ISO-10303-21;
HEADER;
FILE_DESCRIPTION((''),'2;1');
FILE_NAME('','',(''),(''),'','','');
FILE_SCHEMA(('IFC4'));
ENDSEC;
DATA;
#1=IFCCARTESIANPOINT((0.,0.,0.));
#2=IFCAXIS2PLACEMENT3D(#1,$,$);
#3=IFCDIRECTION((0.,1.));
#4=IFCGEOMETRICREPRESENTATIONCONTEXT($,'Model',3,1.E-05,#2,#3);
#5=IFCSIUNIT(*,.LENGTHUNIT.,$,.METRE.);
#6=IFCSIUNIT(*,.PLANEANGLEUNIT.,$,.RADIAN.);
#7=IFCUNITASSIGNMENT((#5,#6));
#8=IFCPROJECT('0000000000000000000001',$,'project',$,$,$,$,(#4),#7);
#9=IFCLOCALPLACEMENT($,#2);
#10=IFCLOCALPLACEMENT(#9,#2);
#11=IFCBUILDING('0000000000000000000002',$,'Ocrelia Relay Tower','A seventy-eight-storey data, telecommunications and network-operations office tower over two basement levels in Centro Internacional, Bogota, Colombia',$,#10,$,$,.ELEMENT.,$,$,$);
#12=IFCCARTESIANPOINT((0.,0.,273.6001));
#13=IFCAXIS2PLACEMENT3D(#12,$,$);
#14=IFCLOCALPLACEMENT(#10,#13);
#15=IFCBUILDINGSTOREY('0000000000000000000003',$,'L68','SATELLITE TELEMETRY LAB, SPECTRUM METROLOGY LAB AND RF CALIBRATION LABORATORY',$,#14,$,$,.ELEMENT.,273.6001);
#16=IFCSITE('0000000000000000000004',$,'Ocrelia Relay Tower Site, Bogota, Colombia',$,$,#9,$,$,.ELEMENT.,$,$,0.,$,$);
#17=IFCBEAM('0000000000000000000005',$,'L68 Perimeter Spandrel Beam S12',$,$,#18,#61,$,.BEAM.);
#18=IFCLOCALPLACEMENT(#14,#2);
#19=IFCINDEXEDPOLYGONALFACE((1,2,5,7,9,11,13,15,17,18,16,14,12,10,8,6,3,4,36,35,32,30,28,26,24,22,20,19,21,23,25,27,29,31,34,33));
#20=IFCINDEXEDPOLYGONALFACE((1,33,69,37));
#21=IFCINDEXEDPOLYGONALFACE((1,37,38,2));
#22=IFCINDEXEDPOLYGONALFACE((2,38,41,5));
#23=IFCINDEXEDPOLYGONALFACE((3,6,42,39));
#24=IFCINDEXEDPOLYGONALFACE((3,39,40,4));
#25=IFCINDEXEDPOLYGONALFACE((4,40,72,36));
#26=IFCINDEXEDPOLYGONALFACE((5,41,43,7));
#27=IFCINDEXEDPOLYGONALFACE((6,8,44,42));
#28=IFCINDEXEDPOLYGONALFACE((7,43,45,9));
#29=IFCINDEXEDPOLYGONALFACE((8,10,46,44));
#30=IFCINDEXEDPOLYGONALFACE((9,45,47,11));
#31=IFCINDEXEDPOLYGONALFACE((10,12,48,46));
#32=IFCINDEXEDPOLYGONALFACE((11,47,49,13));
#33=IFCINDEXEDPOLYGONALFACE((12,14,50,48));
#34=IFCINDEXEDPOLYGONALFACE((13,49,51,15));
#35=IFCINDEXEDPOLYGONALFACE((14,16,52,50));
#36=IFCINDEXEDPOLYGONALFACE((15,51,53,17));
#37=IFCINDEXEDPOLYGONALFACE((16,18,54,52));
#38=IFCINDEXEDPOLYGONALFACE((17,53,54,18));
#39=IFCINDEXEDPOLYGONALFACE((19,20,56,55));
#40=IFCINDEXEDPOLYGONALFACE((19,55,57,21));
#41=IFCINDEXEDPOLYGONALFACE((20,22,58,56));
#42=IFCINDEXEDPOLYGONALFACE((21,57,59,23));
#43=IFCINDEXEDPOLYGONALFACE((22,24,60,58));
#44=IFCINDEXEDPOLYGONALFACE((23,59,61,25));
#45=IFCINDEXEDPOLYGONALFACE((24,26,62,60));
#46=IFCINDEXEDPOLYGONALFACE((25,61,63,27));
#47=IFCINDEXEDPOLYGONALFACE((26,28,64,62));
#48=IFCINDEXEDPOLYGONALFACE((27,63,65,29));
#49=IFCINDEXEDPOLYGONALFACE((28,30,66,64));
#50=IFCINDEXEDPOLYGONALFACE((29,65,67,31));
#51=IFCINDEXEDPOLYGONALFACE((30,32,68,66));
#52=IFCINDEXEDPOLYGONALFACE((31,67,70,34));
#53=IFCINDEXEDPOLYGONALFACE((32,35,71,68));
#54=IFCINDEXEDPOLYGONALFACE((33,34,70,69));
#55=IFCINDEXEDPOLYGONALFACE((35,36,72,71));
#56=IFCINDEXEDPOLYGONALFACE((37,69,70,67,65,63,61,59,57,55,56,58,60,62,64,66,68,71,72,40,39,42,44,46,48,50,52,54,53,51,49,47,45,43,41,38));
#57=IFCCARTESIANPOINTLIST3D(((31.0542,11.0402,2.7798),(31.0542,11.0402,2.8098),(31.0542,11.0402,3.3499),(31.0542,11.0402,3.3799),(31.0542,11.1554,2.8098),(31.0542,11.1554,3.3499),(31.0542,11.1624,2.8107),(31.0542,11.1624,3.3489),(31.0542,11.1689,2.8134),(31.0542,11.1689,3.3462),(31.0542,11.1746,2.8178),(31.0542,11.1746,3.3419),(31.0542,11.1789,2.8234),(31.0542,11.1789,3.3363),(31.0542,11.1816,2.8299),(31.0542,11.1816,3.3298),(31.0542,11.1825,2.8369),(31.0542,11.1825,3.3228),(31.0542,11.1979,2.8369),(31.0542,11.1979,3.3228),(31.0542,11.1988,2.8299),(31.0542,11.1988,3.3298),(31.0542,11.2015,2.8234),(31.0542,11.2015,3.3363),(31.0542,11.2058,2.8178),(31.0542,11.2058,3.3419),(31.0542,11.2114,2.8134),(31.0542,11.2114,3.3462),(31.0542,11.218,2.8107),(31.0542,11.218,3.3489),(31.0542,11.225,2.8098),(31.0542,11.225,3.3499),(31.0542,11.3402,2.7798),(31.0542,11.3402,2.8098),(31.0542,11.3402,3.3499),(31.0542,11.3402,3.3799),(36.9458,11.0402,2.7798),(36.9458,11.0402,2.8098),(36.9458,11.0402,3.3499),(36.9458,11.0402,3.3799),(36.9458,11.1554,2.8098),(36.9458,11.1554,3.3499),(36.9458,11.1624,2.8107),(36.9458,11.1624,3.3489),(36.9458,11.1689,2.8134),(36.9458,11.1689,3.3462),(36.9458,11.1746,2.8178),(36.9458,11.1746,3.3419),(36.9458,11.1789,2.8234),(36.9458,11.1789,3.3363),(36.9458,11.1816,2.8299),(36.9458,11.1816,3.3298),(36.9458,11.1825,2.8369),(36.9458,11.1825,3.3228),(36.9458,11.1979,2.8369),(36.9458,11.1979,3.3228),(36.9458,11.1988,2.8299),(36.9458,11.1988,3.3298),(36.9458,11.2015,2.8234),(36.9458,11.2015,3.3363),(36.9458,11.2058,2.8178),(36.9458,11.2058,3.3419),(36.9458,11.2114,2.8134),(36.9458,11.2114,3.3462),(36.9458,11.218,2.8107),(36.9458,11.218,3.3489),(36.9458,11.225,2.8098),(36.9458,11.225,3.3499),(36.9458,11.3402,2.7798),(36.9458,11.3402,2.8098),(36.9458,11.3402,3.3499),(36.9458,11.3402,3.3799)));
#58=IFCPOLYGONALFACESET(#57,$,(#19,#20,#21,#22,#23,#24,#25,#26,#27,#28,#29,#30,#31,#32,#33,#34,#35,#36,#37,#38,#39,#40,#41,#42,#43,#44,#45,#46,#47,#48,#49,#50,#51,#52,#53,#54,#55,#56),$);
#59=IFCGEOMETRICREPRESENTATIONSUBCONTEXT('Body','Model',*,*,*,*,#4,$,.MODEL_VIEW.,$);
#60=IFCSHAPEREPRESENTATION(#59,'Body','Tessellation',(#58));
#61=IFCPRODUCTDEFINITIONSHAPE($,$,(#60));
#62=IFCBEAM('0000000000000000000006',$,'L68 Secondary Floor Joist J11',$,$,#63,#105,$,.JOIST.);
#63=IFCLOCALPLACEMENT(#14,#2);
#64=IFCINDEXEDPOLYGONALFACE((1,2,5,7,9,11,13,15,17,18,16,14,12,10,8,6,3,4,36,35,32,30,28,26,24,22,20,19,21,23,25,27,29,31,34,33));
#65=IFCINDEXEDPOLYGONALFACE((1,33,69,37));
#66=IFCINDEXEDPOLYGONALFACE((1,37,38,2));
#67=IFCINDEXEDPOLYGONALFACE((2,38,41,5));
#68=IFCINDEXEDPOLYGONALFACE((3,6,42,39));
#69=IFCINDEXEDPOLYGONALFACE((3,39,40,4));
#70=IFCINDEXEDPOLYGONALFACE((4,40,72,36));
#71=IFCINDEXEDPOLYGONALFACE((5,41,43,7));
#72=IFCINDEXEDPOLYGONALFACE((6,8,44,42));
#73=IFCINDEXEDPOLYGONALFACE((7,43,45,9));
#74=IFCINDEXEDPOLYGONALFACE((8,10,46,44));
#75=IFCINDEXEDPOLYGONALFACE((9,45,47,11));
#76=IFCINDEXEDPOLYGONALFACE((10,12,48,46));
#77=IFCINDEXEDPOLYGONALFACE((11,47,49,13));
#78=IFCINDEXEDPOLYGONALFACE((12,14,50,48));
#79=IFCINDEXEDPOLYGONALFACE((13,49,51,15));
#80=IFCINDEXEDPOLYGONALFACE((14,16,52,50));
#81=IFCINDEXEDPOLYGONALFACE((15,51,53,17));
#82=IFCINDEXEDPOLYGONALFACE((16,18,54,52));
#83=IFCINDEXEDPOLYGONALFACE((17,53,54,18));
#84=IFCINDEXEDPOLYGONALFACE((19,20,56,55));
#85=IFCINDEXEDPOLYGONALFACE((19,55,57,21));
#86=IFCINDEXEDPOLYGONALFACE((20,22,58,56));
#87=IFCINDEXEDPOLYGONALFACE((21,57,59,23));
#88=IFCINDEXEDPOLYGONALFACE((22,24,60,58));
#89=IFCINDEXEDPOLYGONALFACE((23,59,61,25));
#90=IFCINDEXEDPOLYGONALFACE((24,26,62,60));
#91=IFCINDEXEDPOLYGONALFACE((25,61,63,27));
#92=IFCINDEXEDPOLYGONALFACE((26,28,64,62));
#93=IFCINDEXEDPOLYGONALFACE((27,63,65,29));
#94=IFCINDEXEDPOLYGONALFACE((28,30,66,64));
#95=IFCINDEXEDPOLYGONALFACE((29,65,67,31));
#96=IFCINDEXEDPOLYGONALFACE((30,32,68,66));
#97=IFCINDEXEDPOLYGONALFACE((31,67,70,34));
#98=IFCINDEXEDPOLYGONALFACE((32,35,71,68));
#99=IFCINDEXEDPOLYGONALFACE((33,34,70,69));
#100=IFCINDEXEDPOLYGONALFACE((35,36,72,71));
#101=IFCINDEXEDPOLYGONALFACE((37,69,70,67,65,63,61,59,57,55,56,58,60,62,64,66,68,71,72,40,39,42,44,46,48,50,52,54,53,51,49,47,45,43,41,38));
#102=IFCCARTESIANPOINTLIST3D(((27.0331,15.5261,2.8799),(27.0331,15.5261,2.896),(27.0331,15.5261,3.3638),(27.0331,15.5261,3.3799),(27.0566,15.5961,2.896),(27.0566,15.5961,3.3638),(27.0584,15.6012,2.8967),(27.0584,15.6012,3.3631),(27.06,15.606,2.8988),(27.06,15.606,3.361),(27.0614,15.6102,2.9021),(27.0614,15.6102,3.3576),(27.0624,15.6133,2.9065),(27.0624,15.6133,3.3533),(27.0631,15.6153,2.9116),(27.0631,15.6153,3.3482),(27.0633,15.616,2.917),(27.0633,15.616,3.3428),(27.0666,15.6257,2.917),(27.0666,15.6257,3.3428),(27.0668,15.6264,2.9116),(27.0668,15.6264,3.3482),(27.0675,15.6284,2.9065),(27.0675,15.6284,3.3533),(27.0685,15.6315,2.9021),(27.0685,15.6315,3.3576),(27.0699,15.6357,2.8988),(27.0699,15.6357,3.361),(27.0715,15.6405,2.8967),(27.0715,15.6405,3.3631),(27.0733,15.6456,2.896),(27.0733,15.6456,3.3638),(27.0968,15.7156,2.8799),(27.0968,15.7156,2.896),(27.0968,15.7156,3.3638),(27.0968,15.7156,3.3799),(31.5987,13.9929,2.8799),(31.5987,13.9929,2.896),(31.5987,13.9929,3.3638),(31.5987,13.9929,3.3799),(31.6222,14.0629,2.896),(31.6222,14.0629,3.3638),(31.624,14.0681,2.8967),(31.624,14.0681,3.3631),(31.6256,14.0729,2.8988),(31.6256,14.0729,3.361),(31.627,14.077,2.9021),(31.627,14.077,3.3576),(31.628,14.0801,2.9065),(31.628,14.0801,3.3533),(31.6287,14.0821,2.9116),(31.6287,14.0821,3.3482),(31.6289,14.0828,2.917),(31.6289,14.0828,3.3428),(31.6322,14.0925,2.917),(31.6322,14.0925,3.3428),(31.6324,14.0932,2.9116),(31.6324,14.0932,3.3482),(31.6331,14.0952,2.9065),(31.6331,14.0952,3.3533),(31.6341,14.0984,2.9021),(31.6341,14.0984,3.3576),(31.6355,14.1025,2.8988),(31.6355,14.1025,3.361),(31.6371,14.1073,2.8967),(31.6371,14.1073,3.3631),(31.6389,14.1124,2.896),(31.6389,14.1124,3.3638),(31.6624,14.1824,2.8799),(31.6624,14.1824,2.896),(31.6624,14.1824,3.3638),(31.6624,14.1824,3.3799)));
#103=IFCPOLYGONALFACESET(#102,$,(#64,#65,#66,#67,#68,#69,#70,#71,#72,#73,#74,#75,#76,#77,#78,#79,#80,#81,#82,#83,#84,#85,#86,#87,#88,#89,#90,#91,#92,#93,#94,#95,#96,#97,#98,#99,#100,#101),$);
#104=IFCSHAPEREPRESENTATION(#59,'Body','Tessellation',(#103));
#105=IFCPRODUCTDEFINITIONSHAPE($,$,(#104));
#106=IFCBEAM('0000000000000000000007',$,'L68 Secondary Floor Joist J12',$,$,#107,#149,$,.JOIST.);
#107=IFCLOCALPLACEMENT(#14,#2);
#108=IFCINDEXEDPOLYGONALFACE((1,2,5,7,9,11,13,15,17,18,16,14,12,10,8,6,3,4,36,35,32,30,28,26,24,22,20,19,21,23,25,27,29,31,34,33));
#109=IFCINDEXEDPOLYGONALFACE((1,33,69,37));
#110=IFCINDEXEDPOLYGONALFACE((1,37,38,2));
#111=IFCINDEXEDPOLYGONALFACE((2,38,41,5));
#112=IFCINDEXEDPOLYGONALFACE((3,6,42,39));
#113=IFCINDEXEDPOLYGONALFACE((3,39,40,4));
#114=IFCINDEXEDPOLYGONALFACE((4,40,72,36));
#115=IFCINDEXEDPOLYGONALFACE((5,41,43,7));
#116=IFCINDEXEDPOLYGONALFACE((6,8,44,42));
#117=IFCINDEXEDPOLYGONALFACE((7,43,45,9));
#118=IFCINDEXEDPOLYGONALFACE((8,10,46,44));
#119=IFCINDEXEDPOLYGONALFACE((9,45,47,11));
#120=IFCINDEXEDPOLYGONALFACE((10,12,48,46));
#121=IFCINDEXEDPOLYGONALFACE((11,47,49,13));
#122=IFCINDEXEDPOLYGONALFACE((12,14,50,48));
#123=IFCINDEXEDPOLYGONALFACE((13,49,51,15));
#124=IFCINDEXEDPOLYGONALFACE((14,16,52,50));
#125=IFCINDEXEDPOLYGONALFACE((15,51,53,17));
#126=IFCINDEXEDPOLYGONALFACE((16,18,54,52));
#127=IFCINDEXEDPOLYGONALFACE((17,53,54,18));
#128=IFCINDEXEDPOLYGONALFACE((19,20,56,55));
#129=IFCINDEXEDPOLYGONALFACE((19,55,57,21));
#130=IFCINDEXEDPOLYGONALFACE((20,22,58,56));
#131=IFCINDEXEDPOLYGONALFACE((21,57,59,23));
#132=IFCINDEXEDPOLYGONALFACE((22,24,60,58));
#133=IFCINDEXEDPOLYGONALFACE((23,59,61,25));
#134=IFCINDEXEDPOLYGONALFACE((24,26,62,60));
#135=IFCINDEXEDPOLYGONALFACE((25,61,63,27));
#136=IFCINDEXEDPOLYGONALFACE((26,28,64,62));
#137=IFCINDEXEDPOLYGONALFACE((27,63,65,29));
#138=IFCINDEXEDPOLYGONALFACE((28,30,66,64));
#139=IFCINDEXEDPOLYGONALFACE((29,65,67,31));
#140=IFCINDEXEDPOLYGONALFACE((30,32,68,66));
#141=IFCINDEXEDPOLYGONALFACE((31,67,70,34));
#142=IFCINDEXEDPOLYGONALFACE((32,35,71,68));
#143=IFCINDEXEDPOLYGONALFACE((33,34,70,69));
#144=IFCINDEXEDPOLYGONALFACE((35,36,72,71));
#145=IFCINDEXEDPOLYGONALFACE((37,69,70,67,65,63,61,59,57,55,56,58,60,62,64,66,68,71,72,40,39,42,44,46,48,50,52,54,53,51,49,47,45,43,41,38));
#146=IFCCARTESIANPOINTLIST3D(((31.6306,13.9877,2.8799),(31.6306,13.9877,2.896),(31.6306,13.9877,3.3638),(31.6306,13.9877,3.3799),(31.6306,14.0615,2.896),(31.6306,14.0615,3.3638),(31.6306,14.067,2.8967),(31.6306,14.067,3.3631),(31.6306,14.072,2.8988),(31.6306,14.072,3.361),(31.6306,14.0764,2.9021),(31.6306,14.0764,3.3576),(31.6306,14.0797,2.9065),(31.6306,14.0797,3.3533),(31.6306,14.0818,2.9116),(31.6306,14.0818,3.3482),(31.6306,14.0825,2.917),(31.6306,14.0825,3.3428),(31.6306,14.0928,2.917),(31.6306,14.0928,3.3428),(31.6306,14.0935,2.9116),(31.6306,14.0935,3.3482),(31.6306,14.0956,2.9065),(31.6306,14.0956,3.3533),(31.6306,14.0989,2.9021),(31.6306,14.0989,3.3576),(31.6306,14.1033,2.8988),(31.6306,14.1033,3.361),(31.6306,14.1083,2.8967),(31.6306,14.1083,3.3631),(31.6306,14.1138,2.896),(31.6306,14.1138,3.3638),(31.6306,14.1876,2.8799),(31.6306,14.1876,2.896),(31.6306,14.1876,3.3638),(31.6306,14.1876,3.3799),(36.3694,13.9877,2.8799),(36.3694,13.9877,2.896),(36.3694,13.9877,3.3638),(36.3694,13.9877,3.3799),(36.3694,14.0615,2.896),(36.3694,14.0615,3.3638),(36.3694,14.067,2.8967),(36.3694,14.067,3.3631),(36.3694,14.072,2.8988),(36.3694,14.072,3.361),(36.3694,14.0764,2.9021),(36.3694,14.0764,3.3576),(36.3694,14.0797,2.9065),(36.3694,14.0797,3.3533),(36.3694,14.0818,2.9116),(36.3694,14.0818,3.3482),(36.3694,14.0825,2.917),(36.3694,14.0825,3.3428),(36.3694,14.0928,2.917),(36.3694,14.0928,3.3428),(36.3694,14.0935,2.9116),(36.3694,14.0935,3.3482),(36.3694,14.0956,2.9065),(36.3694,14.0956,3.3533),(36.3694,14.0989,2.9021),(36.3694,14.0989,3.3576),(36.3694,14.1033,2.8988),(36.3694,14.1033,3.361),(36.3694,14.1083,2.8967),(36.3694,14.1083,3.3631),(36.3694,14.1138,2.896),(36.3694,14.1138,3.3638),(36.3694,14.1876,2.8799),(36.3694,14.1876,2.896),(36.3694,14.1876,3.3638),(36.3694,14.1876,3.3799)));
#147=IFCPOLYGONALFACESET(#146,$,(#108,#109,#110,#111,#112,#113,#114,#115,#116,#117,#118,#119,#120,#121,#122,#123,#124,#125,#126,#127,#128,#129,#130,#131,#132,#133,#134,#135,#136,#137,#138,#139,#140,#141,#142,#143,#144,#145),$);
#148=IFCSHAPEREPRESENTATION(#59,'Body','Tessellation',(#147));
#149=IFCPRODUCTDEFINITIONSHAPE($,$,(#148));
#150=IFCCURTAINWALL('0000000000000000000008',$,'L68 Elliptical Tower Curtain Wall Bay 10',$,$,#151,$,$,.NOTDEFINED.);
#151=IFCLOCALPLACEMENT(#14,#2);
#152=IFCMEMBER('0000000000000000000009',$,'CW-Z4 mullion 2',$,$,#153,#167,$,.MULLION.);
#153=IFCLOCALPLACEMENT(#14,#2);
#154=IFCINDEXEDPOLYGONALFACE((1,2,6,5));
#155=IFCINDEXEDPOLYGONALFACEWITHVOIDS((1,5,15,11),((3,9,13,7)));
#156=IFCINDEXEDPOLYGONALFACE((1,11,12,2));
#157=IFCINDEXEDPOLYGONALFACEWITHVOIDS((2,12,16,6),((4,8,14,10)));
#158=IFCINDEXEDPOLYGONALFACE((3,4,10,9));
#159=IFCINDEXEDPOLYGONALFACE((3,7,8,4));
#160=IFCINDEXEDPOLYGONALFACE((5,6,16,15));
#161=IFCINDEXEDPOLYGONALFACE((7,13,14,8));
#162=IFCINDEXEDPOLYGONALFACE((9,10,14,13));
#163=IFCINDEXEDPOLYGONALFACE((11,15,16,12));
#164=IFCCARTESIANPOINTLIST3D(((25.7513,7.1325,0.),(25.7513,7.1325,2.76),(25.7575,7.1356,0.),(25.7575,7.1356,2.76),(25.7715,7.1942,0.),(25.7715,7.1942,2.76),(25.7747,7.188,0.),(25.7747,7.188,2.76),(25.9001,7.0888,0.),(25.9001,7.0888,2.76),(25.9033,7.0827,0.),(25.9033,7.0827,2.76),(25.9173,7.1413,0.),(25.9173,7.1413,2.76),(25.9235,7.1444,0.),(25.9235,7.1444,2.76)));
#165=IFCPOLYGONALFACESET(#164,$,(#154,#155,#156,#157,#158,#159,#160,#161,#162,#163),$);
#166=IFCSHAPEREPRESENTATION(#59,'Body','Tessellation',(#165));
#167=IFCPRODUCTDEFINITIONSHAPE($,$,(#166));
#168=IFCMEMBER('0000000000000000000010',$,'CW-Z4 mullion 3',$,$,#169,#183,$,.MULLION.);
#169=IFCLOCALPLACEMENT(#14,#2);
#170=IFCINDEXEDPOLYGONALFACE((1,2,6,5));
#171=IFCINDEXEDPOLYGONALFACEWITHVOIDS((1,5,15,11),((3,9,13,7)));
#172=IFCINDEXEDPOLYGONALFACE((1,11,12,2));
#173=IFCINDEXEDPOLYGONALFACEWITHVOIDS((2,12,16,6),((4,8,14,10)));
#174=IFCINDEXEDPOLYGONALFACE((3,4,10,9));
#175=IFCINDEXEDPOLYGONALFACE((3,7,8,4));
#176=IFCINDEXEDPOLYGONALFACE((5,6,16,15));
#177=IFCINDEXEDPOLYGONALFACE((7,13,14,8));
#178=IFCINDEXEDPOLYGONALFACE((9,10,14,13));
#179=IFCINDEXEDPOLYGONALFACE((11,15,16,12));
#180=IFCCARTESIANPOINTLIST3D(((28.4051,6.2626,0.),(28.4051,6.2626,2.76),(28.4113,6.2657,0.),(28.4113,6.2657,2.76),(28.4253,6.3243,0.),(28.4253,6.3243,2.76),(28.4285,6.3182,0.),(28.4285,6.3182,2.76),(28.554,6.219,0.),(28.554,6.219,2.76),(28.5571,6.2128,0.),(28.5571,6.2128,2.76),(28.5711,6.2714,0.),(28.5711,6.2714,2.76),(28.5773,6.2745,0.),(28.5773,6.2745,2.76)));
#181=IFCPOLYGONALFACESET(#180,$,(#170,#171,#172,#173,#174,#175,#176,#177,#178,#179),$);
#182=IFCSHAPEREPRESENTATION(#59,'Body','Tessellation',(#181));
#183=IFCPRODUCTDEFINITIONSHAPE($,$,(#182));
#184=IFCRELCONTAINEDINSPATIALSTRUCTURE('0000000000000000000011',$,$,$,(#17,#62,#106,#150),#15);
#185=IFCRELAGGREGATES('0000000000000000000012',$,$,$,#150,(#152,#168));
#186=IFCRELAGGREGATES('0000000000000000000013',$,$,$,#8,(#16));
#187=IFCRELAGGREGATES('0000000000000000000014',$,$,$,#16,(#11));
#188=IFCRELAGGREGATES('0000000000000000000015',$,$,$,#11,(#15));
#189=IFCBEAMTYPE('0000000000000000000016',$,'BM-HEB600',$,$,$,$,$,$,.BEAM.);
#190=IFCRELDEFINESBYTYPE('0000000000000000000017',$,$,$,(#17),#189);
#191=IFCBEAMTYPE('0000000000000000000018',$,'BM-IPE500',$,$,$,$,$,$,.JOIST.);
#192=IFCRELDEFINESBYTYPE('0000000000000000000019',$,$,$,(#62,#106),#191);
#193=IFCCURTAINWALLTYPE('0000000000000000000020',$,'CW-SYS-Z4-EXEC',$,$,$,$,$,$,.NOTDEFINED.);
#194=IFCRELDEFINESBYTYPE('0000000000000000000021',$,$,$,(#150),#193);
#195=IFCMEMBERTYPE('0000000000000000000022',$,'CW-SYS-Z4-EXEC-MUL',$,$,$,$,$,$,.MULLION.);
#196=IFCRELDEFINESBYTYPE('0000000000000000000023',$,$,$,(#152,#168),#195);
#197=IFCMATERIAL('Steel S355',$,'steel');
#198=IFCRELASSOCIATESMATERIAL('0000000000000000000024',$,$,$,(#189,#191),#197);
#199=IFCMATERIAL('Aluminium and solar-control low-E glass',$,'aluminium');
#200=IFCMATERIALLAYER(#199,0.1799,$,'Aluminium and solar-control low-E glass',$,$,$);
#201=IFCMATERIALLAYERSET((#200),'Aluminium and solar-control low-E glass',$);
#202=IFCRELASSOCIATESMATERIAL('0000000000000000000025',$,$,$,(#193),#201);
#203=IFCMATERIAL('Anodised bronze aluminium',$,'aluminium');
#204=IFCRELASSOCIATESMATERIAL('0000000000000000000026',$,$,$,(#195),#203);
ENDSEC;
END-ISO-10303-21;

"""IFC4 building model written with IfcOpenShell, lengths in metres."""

from ifc_helpers import new_model, si_unit, direction, frame, origin, origin_2d, place, context, subcontext, project, spatial, hollow_rectangle, i_section, extrude, material, layer, layer_set, material_profile, profile_set, type_object, element, aggregate, save


model = new_model("IFC4")

# Units and contexts
model_context = context("Model", 3, precision=1e-05, world=origin(), true_north=direction((0.0, 1.0)))
body_context = subcontext(model_context, "Body", "Model", "MODEL_VIEW")
ifc_project = project(units=[si_unit("LENGTHUNIT", "METRE"), si_unit("PLANEANGLEUNIT", "RADIAN")], contexts=[model_context])

# Site, building, storey
site_placement = place(None, origin())
site = spatial("IfcSite", under=ifc_project, at=site_placement, Name="Ocrelia Relay Tower Site, Bogota, Colombia", CompositionType="ELEMENT", RefElevation=0.0)
building_placement = place(site_placement, origin())
building = spatial("IfcBuilding", under=site, at=building_placement, Name="Ocrelia Relay Tower", Description="A seventy-eight-storey data, telecommunications and network-operations office tower over two basement levels in Centro Internacional, Bogota, Colombia", CompositionType="ELEMENT")
storey_placement = place(building_placement, frame((0.0, 0.0, 273.6001)))
storey = spatial("IfcBuildingStorey", under=building, at=storey_placement, Name="L68", Description="SATELLITE TELEMETRY LAB, SPECTRUM METROLOGY LAB AND RF CALIBRATION LABORATORY", CompositionType="ELEMENT", Elevation=273.6001)

# Beams
ifc_material_1 = material(Name="Steel S355", Category="steel")
ifc_material_profile_1 = material_profile(ifc_material_1, i_section(OverallWidth=0.3, OverallDepth=0.6001, WebThickness=0.0154, FlangeThickness=0.03, FilletRadius=0.0271, at=origin_2d()), Name="HEB 600")
ifc_profile_set_1 = profile_set([ifc_material_profile_1], Name="Steel S355")
beam_type_1 = type_object("IfcBeamType", Name="BM-HEB600", PredefinedType="BEAM", material=ifc_profile_set_1)
beam_1_placement = place(storey_placement, frame((31.0542, 11.1902, 3.0798), z_axis=(1.0, 0.0, 0.0), x_axis=(0.0, 1.0, 0.0)))
element("IfcBeam", 1, at=beam_1_placement, inside=storey, type_object=beam_type_1, Name="L68 Perimeter Spandrel Beam S12", PredefinedType="BEAM", context=body_context, shape_type="SweptSolid", body=[
    extrude(i_section(OverallWidth=0.3, OverallDepth=0.6001, WebThickness=0.0154, FlangeThickness=0.03, FilletRadius=0.0271, at=origin_2d()), origin(), (0.0, 0.0, 1.0), 5.8916),
])
ifc_material_profile_2 = material_profile(ifc_material_1, i_section(OverallWidth=0.2, OverallDepth=0.5, WebThickness=0.0103, FlangeThickness=0.0161, FilletRadius=0.021, at=origin_2d()), Name="IPE 500")
ifc_profile_set_2 = profile_set([ifc_material_profile_2], Name="Steel S355")
beam_type_2 = type_object("IfcBeamType", Name="BM-IPE500", PredefinedType="JOIST", material=ifc_profile_set_2)
beam_2_placement = place(storey_placement, frame((27.0649, 15.6208, 3.1299), z_axis=(0.947976, -0.318341, 0.0), x_axis=(0.318341, 0.947976, 0.0)))
element("IfcBeam", 2, at=beam_2_placement, inside=storey, type_object=beam_type_2, Name="L68 Secondary Floor Joist J11", PredefinedType="JOIST", context=body_context, shape_type="SweptSolid", body=[
    extrude(i_section(OverallWidth=0.2, OverallDepth=0.5, WebThickness=0.0103, FlangeThickness=0.0161, FilletRadius=0.021, at=origin_2d()), origin(), (0.0, 0.0, 1.0), 4.8162),
])
beam_3_placement = place(storey_placement, frame((31.6306, 14.0876, 3.1299), z_axis=(1.0, 0.0, 0.0), x_axis=(0.0, 1.0, 0.0)))
element("IfcBeam", 3, at=beam_3_placement, inside=storey, type_object=beam_type_2, Name="L68 Secondary Floor Joist J12", PredefinedType="JOIST", context=body_context, shape_type="SweptSolid", body=[
    extrude(i_section(OverallWidth=0.2, OverallDepth=0.5, WebThickness=0.0103, FlangeThickness=0.0161, FilletRadius=0.021, at=origin_2d()), origin(), (0.0, 0.0, 1.0), 4.7388),
])

# Curtain wall, members
ifc_material_2 = material(Name="Aluminium and solar-control low-E glass", Category="aluminium")
ifc_layer_1 = layer(ifc_material_2, 0.1799, Name="Aluminium and solar-control low-E glass")
ifc_layer_set_1 = layer_set([ifc_layer_1], Name="Aluminium and solar-control low-E glass")
curtain_wall_type = type_object("IfcCurtainWallType", Name="CW-SYS-Z4-EXEC", PredefinedType="NOTDEFINED", material=ifc_layer_set_1)
curtain_wall_placement = place(storey_placement, origin())
curtain_wall = element("IfcCurtainWall", 4, at=curtain_wall_placement, inside=storey, type_object=curtain_wall_type, Name="L68 Elliptical Tower Curtain Wall Bay 10", PredefinedType="NOTDEFINED")
ifc_material_3 = material(Name="Anodised bronze aluminium", Category="aluminium")
ifc_material_profile_3 = material_profile(ifc_material_3, hollow_rectangle(XDim=0.0649, YDim=0.1599, WallThickness=0.0049, at=origin_2d()), Name="CW-MUL-160x65")
ifc_profile_set_3 = profile_set([ifc_material_profile_3], Name="Anodised bronze aluminium")
member_type_1 = type_object("IfcMemberType", Name="CW-SYS-Z4-EXEC-MUL", PredefinedType="MULLION", material=ifc_profile_set_3)
member_1_placement = place(storey_placement, frame((25.8374, 7.1384, 0.0), z_axis=(0.0, 0.0, 1.0), x_axis=(0.311472, 0.950255, 0.0)))
member_1 = element("IfcMember", 5, at=member_1_placement, type_object=member_type_1, Name="CW-Z4 mullion 2", PredefinedType="MULLION", context=body_context, shape_type="SweptSolid", body=[
    extrude(hollow_rectangle(XDim=0.0649, YDim=0.1599, WallThickness=0.0049, at=origin_2d()), origin(), (0.0, 0.0, 1.0), 2.76),
])
member_2_placement = place(storey_placement, frame((28.4912, 6.2686, 0.0), z_axis=(0.0, 0.0, 1.0), x_axis=(0.311472, 0.950255, 0.0)))
member_2 = element("IfcMember", 6, at=member_2_placement, type_object=member_type_1, Name="CW-Z4 mullion 3", PredefinedType="MULLION", context=body_context, shape_type="SweptSolid", body=[
    extrude(hollow_rectangle(XDim=0.0649, YDim=0.1599, WallThickness=0.0049, at=origin_2d()), origin(), (0.0, 0.0, 1.0), 2.76),
])
aggregate(curtain_wall, [member_1, member_2])

save(model, "model.ifc")
